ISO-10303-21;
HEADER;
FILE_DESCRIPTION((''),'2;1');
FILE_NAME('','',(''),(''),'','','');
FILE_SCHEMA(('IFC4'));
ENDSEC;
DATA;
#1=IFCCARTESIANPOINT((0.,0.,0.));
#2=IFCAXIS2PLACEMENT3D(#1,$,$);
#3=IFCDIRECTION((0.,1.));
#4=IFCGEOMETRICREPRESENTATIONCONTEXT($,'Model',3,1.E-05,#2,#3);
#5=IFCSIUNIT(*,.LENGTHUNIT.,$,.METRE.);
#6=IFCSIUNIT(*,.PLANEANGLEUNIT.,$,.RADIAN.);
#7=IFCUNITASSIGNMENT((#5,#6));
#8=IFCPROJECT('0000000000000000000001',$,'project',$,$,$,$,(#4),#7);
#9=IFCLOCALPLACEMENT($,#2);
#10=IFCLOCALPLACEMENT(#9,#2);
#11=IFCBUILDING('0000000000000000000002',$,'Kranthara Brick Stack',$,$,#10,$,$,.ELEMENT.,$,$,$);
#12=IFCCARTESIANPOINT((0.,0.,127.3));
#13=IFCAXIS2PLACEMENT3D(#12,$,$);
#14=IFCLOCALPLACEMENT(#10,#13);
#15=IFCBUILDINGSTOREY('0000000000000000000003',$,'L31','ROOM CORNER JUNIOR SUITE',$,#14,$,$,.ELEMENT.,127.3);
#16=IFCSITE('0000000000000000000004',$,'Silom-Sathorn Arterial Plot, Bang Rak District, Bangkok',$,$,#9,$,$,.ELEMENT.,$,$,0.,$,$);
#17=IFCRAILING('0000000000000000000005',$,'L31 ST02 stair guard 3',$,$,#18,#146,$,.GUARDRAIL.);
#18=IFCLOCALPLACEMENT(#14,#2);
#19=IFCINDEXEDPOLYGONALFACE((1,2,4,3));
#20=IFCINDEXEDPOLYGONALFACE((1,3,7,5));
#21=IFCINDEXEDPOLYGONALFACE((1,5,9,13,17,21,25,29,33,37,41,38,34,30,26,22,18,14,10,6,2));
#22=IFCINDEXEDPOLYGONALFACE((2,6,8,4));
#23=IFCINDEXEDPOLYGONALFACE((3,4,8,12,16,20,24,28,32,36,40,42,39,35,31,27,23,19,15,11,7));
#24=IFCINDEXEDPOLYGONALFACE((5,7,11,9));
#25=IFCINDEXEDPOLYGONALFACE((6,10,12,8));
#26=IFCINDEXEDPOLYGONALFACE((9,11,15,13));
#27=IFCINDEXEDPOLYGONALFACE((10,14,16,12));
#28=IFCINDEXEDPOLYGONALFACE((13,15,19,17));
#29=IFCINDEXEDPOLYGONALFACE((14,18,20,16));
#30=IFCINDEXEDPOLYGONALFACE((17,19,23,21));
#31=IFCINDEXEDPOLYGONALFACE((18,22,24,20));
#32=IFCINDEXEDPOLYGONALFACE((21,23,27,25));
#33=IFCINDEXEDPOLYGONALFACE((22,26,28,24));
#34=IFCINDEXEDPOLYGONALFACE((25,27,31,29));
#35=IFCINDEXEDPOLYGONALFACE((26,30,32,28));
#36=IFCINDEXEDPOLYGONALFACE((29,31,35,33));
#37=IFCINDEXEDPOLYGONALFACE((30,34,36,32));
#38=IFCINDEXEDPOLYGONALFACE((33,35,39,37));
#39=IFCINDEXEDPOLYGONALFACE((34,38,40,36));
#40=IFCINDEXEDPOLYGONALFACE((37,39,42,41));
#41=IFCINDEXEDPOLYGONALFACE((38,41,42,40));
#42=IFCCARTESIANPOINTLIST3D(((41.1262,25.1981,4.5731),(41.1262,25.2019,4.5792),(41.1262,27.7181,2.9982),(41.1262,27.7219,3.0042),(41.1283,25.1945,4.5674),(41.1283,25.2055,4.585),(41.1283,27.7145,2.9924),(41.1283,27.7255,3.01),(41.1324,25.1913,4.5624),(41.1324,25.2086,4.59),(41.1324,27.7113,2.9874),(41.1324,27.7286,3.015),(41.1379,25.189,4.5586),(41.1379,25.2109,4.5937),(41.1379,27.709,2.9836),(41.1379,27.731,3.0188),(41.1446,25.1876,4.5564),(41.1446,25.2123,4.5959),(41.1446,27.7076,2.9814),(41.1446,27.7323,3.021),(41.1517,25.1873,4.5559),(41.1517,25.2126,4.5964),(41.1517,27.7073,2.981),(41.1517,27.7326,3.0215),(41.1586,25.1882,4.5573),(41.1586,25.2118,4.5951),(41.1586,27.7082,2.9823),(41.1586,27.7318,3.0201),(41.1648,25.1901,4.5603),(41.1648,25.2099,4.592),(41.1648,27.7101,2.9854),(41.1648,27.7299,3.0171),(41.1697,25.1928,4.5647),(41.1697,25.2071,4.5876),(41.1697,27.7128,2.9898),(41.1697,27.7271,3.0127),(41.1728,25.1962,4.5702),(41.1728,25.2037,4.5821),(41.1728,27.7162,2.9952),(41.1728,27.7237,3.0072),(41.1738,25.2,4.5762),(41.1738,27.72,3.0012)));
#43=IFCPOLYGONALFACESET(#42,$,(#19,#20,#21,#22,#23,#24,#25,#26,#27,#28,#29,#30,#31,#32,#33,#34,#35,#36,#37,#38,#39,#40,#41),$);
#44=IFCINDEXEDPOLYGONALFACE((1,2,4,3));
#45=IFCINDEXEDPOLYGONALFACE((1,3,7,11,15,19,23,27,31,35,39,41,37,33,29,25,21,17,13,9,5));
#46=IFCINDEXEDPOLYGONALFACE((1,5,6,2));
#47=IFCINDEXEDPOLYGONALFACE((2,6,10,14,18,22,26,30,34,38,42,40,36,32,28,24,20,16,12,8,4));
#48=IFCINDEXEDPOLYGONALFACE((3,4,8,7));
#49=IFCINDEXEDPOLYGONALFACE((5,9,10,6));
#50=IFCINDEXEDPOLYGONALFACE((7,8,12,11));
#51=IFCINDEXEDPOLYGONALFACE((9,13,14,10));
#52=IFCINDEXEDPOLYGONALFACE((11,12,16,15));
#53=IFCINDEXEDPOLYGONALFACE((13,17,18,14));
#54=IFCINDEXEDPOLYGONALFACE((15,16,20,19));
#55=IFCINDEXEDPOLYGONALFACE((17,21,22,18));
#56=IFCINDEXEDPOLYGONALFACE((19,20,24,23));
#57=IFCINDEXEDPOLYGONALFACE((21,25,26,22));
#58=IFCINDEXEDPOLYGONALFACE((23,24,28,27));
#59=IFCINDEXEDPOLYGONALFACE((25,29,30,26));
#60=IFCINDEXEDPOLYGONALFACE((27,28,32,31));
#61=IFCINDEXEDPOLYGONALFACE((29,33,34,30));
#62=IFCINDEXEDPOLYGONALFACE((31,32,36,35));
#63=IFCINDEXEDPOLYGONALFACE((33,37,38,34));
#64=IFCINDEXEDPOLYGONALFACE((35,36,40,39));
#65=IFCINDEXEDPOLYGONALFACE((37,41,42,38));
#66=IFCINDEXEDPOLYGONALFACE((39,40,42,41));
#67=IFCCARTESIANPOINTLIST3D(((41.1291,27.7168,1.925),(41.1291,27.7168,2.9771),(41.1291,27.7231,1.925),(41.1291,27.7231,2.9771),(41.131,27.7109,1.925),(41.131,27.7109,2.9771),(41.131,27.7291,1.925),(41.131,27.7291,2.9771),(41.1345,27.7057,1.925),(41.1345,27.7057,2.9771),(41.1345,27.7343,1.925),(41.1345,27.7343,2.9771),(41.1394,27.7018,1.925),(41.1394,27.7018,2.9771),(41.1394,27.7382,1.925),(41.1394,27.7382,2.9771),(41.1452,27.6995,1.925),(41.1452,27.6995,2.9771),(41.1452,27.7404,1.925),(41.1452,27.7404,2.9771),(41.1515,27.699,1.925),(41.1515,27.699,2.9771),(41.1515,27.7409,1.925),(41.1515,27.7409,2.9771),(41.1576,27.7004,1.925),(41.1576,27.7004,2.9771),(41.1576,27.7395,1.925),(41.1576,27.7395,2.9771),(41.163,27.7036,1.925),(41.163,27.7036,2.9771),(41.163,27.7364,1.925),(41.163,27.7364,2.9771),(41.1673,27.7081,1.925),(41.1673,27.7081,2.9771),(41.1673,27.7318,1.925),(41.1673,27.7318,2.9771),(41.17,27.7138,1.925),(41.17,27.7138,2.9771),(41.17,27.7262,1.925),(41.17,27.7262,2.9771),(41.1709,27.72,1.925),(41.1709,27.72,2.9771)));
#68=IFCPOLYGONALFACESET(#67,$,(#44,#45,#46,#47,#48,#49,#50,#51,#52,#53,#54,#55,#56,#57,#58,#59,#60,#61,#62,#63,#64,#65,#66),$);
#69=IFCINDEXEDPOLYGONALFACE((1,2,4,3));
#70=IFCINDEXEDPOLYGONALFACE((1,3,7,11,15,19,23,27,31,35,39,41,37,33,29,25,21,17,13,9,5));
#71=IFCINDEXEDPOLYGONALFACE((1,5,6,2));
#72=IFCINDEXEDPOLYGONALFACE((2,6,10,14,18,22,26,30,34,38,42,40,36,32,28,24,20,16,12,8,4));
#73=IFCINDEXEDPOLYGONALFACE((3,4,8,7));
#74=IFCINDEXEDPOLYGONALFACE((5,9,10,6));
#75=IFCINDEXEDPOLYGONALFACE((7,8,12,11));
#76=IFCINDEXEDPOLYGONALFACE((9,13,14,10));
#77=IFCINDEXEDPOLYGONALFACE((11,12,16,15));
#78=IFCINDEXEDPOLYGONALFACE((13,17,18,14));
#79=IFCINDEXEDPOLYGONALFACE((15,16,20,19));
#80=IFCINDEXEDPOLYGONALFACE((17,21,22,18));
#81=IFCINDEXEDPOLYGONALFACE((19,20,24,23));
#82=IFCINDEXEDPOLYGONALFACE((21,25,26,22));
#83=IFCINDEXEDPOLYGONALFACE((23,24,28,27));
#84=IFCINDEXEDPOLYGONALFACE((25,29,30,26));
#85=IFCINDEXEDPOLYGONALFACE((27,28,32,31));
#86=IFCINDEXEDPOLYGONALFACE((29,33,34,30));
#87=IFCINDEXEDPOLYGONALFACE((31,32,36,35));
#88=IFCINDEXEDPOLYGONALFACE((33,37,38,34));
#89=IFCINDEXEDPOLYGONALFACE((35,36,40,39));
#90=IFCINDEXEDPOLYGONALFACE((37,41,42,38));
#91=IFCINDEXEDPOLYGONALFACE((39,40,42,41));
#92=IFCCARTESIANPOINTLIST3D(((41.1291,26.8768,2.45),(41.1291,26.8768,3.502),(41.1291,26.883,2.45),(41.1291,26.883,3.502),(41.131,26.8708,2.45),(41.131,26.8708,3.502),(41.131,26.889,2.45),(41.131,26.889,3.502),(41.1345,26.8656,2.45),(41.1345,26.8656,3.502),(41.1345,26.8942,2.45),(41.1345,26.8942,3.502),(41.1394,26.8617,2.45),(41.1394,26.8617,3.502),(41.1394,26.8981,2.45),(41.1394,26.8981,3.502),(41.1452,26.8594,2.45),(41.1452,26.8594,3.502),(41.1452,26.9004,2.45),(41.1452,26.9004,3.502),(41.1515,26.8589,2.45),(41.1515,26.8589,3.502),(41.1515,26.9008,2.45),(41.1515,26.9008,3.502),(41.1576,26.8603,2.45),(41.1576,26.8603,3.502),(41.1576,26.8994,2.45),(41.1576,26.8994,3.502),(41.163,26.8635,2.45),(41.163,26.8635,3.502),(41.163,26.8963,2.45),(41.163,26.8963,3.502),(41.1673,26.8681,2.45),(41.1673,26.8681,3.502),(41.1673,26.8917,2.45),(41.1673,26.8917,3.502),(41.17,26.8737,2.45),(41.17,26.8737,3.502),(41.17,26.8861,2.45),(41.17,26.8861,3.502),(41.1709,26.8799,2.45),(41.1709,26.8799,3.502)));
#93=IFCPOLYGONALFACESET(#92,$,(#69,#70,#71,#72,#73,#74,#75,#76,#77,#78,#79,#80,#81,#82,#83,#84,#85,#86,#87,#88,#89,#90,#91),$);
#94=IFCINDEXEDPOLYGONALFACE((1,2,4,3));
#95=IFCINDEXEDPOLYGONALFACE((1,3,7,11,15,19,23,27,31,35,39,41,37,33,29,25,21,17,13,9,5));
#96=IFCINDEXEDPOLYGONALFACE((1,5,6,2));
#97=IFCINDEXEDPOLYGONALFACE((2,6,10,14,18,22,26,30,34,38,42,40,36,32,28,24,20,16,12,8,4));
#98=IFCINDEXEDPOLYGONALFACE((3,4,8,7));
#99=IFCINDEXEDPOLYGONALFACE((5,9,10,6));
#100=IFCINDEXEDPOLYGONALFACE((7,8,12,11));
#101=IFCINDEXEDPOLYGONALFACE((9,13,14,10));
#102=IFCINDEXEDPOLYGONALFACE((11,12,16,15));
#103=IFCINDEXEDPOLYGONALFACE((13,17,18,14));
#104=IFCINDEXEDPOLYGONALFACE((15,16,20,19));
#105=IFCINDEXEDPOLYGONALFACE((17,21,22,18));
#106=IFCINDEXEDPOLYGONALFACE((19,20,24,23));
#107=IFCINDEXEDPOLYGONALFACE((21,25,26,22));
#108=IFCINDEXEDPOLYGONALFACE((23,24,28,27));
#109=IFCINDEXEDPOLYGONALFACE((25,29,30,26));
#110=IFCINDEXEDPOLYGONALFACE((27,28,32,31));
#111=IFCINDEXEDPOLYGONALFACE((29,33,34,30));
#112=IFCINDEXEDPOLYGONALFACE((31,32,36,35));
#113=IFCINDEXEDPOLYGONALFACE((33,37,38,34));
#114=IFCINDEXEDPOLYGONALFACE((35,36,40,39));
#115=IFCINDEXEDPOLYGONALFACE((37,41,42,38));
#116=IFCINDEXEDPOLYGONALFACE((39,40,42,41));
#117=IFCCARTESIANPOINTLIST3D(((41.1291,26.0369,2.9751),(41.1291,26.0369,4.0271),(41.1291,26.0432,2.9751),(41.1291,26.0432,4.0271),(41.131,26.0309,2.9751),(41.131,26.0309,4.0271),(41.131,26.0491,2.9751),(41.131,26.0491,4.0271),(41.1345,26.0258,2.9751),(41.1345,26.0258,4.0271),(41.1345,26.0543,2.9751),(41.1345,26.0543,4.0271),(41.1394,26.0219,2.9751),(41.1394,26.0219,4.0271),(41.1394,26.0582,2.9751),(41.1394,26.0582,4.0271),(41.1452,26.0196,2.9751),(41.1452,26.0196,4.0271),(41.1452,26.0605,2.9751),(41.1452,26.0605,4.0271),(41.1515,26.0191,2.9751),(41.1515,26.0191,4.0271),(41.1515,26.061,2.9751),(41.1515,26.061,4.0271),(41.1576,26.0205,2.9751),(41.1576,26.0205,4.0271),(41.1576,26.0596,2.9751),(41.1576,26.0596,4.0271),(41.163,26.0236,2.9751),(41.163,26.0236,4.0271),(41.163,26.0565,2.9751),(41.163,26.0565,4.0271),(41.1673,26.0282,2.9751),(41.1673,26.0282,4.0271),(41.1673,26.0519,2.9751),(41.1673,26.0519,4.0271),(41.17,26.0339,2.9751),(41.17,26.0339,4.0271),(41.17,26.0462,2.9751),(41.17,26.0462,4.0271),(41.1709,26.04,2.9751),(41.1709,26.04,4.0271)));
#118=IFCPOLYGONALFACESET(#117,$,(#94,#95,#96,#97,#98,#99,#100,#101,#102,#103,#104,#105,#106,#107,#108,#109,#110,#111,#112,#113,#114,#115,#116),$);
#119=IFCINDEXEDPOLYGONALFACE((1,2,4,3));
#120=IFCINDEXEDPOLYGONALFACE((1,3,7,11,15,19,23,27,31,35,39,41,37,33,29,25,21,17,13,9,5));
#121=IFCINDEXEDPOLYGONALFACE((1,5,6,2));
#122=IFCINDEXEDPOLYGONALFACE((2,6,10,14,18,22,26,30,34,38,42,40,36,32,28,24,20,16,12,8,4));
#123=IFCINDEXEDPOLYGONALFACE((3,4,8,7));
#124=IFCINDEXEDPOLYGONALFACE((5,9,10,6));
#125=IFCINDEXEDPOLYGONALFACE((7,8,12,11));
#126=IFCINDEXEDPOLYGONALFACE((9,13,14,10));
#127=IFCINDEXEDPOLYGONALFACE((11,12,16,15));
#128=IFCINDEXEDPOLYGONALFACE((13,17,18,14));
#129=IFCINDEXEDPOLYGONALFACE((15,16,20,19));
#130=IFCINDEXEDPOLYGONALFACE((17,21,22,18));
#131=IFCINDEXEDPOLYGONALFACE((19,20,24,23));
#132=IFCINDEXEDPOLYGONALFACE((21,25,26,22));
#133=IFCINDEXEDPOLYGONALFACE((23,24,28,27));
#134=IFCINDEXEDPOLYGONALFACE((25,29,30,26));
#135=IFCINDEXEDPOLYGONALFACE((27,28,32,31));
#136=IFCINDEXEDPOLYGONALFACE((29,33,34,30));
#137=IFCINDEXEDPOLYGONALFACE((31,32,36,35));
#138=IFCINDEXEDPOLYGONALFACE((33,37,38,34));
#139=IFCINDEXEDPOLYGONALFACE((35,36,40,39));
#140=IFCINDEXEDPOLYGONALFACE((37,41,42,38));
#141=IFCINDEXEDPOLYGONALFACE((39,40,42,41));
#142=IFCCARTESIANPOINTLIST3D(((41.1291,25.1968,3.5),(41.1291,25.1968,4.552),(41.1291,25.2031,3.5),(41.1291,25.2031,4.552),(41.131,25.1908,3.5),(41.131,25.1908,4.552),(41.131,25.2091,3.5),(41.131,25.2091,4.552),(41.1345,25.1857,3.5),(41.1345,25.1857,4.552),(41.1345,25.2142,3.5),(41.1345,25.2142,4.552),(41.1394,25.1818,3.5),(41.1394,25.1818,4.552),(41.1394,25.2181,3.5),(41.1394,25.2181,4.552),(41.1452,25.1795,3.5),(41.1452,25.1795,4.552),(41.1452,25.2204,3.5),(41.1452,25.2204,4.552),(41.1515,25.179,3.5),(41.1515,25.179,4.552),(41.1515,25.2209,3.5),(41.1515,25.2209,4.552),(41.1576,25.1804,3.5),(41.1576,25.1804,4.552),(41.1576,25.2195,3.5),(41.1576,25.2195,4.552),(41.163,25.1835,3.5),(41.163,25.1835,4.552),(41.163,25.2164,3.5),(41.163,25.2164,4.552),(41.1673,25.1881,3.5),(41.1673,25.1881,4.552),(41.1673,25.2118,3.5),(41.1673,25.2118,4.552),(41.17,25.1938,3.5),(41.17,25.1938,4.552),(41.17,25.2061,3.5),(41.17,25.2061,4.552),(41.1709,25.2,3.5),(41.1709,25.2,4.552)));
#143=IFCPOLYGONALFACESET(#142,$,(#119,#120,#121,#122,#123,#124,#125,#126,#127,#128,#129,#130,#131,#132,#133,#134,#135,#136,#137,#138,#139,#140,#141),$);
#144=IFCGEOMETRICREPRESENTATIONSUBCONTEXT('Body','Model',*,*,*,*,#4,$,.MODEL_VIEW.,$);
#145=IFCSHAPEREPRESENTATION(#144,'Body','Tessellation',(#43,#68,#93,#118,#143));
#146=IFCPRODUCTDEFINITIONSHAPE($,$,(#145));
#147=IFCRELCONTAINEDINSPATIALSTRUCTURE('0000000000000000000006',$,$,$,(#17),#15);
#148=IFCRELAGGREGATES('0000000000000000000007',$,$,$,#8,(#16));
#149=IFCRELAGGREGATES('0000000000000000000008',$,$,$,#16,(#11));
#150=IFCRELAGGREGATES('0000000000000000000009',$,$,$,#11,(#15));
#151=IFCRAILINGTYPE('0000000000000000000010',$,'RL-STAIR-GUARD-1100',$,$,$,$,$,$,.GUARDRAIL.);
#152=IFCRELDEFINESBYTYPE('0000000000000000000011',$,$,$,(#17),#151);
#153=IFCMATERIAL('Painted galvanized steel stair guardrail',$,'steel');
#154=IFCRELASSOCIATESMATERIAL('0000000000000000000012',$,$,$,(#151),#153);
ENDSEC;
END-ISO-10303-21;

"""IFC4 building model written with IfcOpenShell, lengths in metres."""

from ifc_helpers import new_model, si_unit, direction, frame, origin, origin_2d, place, context, subcontext, project, spatial, circle, extrude, material, type_object, element, save


model = new_model("IFC4")

# Units and contexts
model_context = context("Model", 3, precision=1e-05, world=origin(), true_north=direction((0.0, 1.0)))
body_context = subcontext(model_context, "Body", "Model", "MODEL_VIEW")
ifc_project = project(units=[si_unit("LENGTHUNIT", "METRE"), si_unit("PLANEANGLEUNIT", "RADIAN")], contexts=[model_context])

# Site, building, storey
site_placement = place(None, origin())
site = spatial("IfcSite", under=ifc_project, at=site_placement, Name="Silom-Sathorn Arterial Plot, Bang Rak District, Bangkok", CompositionType="ELEMENT", RefElevation=0.0)
building_placement = place(site_placement, origin())
building = spatial("IfcBuilding", under=site, at=building_placement, Name="Kranthara Brick Stack", CompositionType="ELEMENT")
storey_placement = place(building_placement, frame((0.0, 0.0, 127.3)))
storey = spatial("IfcBuildingStorey", under=building, at=storey_placement, Name="L31", Description="ROOM CORNER JUNIOR SUITE", CompositionType="ELEMENT", Elevation=127.3)

# Railing
ifc_material_1 = material(Name="Painted galvanized steel stair guardrail", Category="steel")
railing_type_1 = type_object("IfcRailingType", Name="RL-STAIR-GUARD-1100", PredefinedType="GUARDRAIL", material=ifc_material_1)
railing_1_placement = place(storey_placement, frame((41.1499, 27.72, 1.925)))
element("IfcRailing", 1, at=railing_1_placement, inside=storey, type_object=railing_type_1, Name="L31 ST02 stair guard 3", PredefinedType="GUARDRAIL", context=body_context, shape_type="SweptSolid", body=[
    extrude(circle(Radius=0.0239, at=origin_2d()), frame((0.0, 0.0, 1.0762), z_axis=(0.0, -0.848008, 0.529984), x_axis=(1.0, 0.0, 0.0)), (0.0, 0.0, 1.0), 2.9717),
    extrude(circle(Radius=0.021, at=origin_2d()), origin(), (0.0, 0.0, 1.0), 1.052),
    extrude(circle(Radius=0.021, at=origin_2d()), frame((0.0, -0.8401, 0.5249)), (0.0, 0.0, 1.0), 1.052),
    extrude(circle(Radius=0.021, at=origin_2d()), frame((0.0, -1.6799, 1.05)), (0.0, 0.0, 1.0), 1.052),
    extrude(circle(Radius=0.021, at=origin_2d()), frame((0.0, -2.52, 1.575)), (0.0, 0.0, 1.0), 1.052),
])

save(model, "model.ifc")
